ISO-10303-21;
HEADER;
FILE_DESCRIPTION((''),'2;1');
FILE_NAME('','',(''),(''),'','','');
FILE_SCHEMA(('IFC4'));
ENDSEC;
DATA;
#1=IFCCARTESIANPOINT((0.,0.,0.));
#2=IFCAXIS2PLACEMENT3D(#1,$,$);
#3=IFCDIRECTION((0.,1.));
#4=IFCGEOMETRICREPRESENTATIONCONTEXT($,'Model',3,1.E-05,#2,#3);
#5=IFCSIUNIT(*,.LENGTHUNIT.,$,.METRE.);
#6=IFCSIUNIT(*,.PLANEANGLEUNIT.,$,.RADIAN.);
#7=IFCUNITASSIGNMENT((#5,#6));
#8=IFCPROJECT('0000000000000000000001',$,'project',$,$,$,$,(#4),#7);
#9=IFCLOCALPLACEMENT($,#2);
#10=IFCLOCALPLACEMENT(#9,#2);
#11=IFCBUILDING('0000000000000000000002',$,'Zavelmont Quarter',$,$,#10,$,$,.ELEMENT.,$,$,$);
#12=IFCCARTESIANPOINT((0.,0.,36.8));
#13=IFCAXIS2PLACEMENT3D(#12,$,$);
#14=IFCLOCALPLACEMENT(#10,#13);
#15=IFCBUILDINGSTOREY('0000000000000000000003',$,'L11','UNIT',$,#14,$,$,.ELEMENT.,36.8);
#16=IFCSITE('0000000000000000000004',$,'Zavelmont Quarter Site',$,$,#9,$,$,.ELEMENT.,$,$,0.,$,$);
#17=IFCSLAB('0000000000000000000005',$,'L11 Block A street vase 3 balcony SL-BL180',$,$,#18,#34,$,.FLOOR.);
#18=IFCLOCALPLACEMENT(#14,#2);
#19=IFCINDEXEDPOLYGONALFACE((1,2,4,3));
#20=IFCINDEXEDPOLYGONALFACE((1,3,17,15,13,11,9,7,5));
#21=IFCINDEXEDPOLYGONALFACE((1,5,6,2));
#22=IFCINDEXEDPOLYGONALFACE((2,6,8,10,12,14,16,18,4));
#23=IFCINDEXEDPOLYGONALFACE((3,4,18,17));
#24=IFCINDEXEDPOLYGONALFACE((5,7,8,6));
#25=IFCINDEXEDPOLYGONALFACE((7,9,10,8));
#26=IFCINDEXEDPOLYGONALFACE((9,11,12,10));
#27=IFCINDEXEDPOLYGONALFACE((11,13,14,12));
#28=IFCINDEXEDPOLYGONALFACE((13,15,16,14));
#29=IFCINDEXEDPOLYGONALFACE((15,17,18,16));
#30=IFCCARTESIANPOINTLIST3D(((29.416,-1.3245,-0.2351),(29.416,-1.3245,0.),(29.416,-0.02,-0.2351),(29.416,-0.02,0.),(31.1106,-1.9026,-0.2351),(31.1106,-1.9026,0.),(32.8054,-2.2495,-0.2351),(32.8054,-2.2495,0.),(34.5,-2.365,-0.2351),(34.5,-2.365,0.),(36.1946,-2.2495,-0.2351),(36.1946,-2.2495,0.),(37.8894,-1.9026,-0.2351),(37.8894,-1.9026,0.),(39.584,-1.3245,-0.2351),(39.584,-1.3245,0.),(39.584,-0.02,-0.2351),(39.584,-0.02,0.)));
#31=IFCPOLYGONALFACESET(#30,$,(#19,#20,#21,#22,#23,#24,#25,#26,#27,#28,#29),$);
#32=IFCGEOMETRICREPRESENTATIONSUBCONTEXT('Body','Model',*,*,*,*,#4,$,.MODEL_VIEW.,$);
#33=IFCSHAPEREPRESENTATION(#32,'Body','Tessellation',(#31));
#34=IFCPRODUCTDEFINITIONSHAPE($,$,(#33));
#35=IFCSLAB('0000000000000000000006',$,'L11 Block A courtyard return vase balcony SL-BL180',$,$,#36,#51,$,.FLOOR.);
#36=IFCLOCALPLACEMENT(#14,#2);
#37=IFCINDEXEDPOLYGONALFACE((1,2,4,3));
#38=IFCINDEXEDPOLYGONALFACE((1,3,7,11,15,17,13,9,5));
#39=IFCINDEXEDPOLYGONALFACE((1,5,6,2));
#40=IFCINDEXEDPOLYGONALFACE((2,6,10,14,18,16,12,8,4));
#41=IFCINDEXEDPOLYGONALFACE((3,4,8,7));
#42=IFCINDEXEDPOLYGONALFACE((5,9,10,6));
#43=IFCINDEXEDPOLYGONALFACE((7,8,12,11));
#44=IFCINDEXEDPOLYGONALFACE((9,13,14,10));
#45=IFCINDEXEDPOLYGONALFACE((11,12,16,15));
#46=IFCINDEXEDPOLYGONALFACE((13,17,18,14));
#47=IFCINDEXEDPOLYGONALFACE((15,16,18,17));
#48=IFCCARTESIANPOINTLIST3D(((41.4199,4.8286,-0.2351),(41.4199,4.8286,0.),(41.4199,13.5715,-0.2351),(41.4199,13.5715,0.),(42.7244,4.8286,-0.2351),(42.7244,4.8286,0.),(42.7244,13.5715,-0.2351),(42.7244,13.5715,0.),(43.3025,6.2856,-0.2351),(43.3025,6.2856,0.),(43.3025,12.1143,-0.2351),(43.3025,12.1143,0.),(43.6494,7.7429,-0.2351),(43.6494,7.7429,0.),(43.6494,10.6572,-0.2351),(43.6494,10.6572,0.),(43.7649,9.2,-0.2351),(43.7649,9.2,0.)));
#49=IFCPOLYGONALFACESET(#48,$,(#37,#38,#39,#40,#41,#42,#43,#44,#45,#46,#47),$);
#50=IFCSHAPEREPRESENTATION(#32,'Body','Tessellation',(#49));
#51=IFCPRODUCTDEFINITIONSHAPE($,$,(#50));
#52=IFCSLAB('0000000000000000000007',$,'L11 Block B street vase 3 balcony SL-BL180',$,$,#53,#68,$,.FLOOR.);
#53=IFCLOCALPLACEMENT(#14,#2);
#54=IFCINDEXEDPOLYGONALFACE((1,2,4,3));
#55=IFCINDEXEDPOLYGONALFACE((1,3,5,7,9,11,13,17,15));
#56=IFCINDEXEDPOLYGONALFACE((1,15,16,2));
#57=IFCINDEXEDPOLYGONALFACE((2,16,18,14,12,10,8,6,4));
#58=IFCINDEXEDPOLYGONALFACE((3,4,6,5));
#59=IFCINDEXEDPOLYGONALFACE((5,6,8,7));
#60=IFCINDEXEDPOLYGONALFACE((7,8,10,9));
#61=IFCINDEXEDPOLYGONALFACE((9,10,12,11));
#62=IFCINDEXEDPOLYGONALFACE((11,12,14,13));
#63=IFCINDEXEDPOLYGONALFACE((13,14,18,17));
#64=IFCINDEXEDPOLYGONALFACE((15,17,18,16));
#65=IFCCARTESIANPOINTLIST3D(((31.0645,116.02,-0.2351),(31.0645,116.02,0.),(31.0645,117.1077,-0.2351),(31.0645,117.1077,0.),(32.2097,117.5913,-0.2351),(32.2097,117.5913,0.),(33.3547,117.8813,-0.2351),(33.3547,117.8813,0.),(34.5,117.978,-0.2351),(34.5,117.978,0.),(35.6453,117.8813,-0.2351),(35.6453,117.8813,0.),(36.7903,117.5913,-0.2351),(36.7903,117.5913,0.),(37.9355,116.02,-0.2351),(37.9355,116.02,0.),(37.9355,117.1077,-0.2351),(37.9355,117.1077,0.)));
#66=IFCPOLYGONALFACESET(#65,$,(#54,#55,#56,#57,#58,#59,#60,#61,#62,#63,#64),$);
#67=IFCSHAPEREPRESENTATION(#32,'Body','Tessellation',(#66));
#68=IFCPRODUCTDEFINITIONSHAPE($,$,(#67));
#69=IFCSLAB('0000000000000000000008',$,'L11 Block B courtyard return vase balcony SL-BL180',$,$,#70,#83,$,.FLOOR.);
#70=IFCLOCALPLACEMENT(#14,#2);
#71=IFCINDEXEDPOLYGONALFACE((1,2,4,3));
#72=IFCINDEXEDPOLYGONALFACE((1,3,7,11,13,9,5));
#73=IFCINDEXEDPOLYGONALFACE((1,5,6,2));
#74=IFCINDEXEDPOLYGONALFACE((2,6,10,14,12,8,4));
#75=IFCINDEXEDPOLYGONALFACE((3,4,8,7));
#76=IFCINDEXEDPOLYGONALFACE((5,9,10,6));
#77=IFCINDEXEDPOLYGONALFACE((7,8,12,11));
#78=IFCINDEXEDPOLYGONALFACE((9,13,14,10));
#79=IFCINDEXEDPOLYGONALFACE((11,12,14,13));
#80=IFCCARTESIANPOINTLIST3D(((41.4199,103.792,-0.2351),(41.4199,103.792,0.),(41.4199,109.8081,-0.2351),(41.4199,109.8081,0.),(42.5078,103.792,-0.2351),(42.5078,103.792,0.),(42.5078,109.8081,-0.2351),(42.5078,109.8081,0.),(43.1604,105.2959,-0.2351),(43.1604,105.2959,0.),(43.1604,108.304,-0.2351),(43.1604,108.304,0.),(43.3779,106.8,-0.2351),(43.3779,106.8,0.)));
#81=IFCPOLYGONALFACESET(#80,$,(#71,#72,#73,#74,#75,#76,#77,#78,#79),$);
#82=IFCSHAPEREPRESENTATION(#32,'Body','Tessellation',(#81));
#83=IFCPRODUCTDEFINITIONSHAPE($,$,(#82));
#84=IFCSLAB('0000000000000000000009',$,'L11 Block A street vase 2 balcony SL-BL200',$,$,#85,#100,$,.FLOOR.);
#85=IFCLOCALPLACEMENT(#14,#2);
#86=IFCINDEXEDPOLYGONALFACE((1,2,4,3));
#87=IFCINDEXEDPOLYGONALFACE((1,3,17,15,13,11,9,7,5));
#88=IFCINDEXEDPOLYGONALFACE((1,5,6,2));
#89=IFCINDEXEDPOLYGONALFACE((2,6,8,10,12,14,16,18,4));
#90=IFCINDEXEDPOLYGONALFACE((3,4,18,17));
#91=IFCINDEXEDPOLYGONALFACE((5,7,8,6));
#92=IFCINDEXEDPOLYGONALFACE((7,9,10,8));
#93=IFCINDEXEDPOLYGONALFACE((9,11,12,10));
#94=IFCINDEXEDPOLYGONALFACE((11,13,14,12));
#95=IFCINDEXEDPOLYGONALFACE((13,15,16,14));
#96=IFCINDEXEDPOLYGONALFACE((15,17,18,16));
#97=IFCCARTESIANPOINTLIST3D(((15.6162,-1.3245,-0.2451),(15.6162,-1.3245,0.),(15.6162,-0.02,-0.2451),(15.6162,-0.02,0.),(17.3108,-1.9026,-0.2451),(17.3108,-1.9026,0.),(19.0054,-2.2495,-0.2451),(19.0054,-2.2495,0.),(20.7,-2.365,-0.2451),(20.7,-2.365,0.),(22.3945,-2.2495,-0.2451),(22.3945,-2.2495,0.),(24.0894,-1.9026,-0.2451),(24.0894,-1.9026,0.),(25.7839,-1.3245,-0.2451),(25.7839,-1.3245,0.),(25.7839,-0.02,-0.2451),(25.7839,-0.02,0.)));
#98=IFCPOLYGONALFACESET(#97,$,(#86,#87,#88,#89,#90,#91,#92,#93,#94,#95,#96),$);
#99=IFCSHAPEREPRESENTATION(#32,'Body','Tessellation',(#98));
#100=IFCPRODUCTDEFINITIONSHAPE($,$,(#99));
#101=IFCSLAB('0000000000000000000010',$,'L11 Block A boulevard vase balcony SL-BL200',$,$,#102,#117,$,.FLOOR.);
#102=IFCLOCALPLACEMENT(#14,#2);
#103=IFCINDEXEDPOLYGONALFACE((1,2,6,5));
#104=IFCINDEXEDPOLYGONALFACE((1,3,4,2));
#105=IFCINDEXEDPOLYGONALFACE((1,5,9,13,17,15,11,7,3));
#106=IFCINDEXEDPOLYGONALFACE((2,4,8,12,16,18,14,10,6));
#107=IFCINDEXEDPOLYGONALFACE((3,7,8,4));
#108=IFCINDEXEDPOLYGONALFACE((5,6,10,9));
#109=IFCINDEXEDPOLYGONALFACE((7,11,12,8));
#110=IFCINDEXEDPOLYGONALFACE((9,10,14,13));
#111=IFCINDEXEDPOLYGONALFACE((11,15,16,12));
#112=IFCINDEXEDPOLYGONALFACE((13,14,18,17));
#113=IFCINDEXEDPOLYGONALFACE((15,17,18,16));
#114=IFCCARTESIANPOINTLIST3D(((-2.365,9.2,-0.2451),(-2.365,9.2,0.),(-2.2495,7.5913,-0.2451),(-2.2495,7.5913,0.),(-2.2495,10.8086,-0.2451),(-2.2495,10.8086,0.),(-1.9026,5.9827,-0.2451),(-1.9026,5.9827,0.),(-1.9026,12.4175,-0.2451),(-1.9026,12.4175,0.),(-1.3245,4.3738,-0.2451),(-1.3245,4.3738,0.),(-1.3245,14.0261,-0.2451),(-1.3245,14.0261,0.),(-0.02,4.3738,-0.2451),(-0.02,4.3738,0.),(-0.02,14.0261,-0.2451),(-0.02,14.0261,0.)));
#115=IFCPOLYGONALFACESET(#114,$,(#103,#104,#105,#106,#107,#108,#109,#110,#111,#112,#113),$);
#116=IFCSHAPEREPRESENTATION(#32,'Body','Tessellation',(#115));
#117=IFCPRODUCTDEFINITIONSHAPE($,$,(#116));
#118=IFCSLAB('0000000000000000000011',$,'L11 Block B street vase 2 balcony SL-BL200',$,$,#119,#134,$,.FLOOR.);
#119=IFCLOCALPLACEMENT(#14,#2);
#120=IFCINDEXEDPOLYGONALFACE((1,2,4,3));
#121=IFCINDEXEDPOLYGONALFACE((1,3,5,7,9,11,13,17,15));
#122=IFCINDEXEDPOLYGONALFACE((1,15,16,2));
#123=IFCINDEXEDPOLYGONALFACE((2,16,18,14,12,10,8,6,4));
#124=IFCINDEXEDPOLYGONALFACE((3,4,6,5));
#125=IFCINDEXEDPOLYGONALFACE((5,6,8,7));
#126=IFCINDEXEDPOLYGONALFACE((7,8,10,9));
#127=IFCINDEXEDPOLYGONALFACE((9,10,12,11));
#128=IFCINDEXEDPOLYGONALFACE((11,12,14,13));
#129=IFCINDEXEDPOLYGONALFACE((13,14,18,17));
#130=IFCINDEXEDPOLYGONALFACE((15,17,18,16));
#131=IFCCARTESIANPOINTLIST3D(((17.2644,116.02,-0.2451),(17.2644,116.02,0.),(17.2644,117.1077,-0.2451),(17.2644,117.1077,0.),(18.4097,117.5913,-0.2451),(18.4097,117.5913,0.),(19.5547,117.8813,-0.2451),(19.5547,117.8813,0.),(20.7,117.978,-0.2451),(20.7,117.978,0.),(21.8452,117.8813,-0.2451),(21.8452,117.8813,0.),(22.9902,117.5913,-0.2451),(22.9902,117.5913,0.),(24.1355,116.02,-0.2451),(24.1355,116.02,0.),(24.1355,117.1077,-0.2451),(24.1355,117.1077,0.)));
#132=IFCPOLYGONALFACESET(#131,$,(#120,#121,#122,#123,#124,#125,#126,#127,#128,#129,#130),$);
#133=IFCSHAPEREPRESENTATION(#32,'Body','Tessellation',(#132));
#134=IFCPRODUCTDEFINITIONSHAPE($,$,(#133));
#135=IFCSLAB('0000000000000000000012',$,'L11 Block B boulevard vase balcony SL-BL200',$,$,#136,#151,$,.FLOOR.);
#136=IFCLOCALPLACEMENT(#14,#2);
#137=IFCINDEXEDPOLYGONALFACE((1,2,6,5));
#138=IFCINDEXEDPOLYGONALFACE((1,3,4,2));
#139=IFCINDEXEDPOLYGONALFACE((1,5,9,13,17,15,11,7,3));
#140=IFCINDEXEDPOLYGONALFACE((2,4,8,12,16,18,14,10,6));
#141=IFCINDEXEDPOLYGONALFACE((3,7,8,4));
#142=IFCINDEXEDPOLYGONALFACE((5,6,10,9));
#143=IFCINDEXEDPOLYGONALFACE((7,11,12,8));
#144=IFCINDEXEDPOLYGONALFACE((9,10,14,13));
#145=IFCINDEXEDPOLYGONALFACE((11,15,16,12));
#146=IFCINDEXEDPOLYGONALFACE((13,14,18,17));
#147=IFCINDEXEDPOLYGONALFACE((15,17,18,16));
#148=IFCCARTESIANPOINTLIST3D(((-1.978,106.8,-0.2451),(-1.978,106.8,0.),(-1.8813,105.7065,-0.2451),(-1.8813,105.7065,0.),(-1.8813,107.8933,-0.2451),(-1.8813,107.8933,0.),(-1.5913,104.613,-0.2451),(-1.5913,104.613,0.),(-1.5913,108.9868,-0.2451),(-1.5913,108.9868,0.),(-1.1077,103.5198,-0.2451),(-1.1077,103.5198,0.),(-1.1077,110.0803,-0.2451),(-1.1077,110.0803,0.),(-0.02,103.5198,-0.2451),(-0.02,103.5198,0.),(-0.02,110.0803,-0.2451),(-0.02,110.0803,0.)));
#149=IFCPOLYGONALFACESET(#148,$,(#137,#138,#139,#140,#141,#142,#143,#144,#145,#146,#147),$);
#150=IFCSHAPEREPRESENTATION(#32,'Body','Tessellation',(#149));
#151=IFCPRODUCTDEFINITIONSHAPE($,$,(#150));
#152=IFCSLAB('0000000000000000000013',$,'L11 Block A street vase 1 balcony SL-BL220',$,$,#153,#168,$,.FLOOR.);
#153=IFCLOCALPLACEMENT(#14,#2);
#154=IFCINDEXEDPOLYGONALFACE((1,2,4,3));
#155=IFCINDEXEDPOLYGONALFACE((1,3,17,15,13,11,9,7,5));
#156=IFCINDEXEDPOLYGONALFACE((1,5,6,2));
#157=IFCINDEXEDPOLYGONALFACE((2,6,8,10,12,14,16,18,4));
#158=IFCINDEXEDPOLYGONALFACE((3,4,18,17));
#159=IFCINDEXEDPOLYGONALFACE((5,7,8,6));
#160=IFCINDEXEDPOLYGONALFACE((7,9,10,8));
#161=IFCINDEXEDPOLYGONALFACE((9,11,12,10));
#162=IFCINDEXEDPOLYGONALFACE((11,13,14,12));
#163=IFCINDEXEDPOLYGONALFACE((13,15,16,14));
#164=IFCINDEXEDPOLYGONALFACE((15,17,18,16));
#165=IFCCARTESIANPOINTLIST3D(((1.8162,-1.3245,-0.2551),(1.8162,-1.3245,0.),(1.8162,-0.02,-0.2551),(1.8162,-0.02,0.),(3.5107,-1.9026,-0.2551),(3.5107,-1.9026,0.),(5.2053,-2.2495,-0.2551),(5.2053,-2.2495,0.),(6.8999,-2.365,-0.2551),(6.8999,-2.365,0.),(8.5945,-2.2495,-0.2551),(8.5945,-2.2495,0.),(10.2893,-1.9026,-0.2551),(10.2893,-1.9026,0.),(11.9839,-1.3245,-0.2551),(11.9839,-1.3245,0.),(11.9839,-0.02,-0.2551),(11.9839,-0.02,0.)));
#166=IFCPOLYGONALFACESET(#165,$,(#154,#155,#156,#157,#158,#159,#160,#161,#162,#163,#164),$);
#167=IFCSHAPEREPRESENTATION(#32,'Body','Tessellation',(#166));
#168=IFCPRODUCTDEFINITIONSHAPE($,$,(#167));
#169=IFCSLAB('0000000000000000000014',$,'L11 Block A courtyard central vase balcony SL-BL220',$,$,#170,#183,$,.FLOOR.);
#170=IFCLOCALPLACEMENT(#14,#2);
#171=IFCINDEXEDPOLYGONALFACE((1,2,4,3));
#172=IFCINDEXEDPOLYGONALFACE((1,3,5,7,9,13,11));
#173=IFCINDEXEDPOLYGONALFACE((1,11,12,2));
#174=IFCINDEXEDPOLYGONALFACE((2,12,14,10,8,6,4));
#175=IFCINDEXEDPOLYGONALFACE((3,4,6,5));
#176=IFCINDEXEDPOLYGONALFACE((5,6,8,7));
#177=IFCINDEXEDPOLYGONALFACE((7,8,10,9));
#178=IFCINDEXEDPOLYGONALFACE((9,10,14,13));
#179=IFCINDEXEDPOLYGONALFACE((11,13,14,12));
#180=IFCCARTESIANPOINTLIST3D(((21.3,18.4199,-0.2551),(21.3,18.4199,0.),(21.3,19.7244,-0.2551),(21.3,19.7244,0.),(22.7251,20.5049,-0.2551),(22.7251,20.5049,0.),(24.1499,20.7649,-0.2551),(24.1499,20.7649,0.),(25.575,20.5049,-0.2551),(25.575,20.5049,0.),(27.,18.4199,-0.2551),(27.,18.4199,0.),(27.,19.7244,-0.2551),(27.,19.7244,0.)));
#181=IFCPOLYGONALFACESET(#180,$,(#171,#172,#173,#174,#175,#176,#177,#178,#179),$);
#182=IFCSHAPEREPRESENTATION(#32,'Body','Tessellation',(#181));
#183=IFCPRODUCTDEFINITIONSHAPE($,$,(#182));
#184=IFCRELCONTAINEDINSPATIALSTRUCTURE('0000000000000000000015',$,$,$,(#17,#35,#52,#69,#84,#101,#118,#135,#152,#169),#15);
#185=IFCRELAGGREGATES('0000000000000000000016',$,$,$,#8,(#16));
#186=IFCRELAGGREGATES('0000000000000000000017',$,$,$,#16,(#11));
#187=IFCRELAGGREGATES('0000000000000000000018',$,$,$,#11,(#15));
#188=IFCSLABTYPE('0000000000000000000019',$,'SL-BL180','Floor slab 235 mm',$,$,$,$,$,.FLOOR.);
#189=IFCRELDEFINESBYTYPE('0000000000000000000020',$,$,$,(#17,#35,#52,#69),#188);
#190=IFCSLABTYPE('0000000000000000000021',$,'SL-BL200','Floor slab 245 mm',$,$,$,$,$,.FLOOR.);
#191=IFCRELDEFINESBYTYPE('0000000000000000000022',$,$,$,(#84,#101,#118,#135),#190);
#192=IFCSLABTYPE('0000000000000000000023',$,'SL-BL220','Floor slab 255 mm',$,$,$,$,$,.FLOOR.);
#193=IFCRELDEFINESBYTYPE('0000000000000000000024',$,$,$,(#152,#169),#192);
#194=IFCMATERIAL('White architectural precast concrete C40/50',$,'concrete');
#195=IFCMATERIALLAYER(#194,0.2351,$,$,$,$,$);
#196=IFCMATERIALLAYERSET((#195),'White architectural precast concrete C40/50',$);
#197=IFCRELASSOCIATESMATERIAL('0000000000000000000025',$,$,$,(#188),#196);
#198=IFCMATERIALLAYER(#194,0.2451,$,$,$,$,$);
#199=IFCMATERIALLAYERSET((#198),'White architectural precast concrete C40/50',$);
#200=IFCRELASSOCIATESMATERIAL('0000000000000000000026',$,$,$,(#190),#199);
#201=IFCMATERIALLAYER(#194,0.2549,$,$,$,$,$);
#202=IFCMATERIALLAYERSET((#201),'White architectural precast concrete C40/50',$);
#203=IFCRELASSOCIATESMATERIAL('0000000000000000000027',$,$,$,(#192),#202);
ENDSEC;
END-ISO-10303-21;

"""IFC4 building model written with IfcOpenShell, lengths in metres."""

from ifc_helpers import new_model, si_unit, direction, frame, origin, place, context, subcontext, project, spatial, polyline, outline, extrude, material, layer, layer_set, type_object, element, save


model = new_model("IFC4")

# Units and contexts
model_context = context("Model", 3, precision=1e-05, world=origin(), true_north=direction((0.0, 1.0)))
body_context = subcontext(model_context, "Body", "Model", "MODEL_VIEW")
ifc_project = project(units=[si_unit("LENGTHUNIT", "METRE"), si_unit("PLANEANGLEUNIT", "RADIAN")], contexts=[model_context])

# Site, building, storey
site_placement = place(None, origin())
site = spatial("IfcSite", under=ifc_project, at=site_placement, Name="Zavelmont Quarter Site", CompositionType="ELEMENT", RefElevation=0.0)
building_placement = place(site_placement, origin())
building = spatial("IfcBuilding", under=site, at=building_placement, Name="Zavelmont Quarter", CompositionType="ELEMENT")
storey_placement = place(building_placement, frame((0.0, 0.0, 36.8)))
storey = spatial("IfcBuildingStorey", under=building, at=storey_placement, Name="L11", Description="UNIT", CompositionType="ELEMENT", Elevation=36.8)

# Slabs
ifc_material_1 = material(Name="White architectural precast concrete C40/50", Category="concrete")
ifc_layer_1 = layer(ifc_material_1, 0.2351)
ifc_layer_set_1 = layer_set([ifc_layer_1], Name="White architectural precast concrete C40/50")
slab_type_1 = type_object("IfcSlabType", Name="SL-BL180", Description="Floor slab 235 mm", PredefinedType="FLOOR", material=ifc_layer_set_1)
slab_1_placement = place(storey_placement, frame((0.0, 0.0, -0.2351)))
element("IfcSlab", 1, at=slab_1_placement, inside=storey, type_object=slab_type_1, Name="L11 Block A street vase 3 balcony SL-BL180", PredefinedType="FLOOR", context=body_context, shape_type="SweptSolid", body=[
    extrude(outline(polyline([(29.416, -0.02), (29.416, -1.3245), (31.1106, -1.9026), (32.8054, -2.2495), (34.5, -2.365), (36.1946, -2.2495), (37.8894, -1.9026), (39.584, -1.3245), (39.584, -0.02), (29.416, -0.02)])), origin(), (0.0, 0.0, 1.0), 0.2351),
])
slab_2_placement = place(storey_placement, frame((0.0, 0.0, -0.2351)))
element("IfcSlab", 2, at=slab_2_placement, inside=storey, type_object=slab_type_1, Name="L11 Block A courtyard return vase balcony SL-BL180", PredefinedType="FLOOR", context=body_context, shape_type="SweptSolid", body=[
    extrude(outline(polyline([(41.4199, 4.8286), (42.7244, 4.8286), (43.3025, 6.2856), (43.6494, 7.7429), (43.7649, 9.2), (43.6494, 10.6572), (43.3025, 12.1143), (42.7244, 13.5715), (41.4199, 13.5715), (41.4199, 4.8286)])), origin(), (0.0, 0.0, 1.0), 0.2351),
])
slab_3_placement = place(storey_placement, frame((0.0, 0.0, -0.2351)))
element("IfcSlab", 3, at=slab_3_placement, inside=storey, type_object=slab_type_1, Name="L11 Block B street vase 3 balcony SL-BL180", PredefinedType="FLOOR", context=body_context, shape_type="SweptSolid", body=[
    extrude(outline(polyline([(37.9355, 116.02), (37.9355, 117.1077), (36.7903, 117.5913), (35.6453, 117.8813), (34.5, 117.978), (33.3547, 117.8813), (32.2097, 117.5913), (31.0645, 117.1077), (31.0645, 116.02), (37.9355, 116.02)])), origin(), (0.0, 0.0, 1.0), 0.2351),
])
slab_4_placement = place(storey_placement, frame((0.0, 0.0, -0.2351)))
element("IfcSlab", 4, at=slab_4_placement, inside=storey, type_object=slab_type_1, Name="L11 Block B courtyard return vase balcony SL-BL180", PredefinedType="FLOOR", context=body_context, shape_type="SweptSolid", body=[
    extrude(outline(polyline([(41.4199, 103.792), (42.5078, 103.792), (43.1604, 105.2959), (43.3779, 106.8), (43.1604, 108.304), (42.5078, 109.8081), (41.4199, 109.8081), (41.4199, 103.792)])), origin(), (0.0, 0.0, 1.0), 0.2351),
])
ifc_layer_2 = layer(ifc_material_1, 0.2451)
ifc_layer_set_2 = layer_set([ifc_layer_2], Name="White architectural precast concrete C40/50")
slab_type_2 = type_object("IfcSlabType", Name="SL-BL200", Description="Floor slab 245 mm", PredefinedType="FLOOR", material=ifc_layer_set_2)
slab_5_placement = place(storey_placement, frame((0.0, 0.0, -0.2451)))
element("IfcSlab", 5, at=slab_5_placement, inside=storey, type_object=slab_type_2, Name="L11 Block A street vase 2 balcony SL-BL200", PredefinedType="FLOOR", context=body_context, shape_type="SweptSolid", body=[
    extrude(outline(polyline([(15.6162, -0.02), (15.6162, -1.3245), (17.3108, -1.9026), (19.0054, -2.2495), (20.7, -2.365), (22.3945, -2.2495), (24.0894, -1.9026), (25.7839, -1.3245), (25.7839, -0.02), (15.6162, -0.02)])), origin(), (0.0, 0.0, 1.0), 0.2451),
])
slab_6_placement = place(storey_placement, frame((0.0, 0.0, -0.2451)))
element("IfcSlab", 6, at=slab_6_placement, inside=storey, type_object=slab_type_2, Name="L11 Block A boulevard vase balcony SL-BL200", PredefinedType="FLOOR", context=body_context, shape_type="SweptSolid", body=[
    extrude(outline(polyline([(-0.02, 14.0261), (-1.3245, 14.0261), (-1.9026, 12.4175), (-2.2495, 10.8086), (-2.365, 9.2), (-2.2495, 7.5913), (-1.9026, 5.9827), (-1.3245, 4.3738), (-0.02, 4.3738), (-0.02, 14.0261)])), origin(), (0.0, 0.0, 1.0), 0.2451),
])
slab_7_placement = place(storey_placement, frame((0.0, 0.0, -0.2451)))
element("IfcSlab", 7, at=slab_7_placement, inside=storey, type_object=slab_type_2, Name="L11 Block B street vase 2 balcony SL-BL200", PredefinedType="FLOOR", context=body_context, shape_type="SweptSolid", body=[
    extrude(outline(polyline([(24.1355, 116.02), (24.1355, 117.1077), (22.9902, 117.5913), (21.8452, 117.8813), (20.7, 117.978), (19.5547, 117.8813), (18.4097, 117.5913), (17.2644, 117.1077), (17.2644, 116.02), (24.1355, 116.02)])), origin(), (0.0, 0.0, 1.0), 0.2451),
])
slab_8_placement = place(storey_placement, frame((0.0, 0.0, -0.2451)))
element("IfcSlab", 8, at=slab_8_placement, inside=storey, type_object=slab_type_2, Name="L11 Block B boulevard vase balcony SL-BL200", PredefinedType="FLOOR", context=body_context, shape_type="SweptSolid", body=[
    extrude(outline(polyline([(-0.02, 110.0803), (-1.1077, 110.0803), (-1.5913, 108.9868), (-1.8813, 107.8933), (-1.978, 106.8), (-1.8813, 105.7065), (-1.5913, 104.613), (-1.1077, 103.5198), (-0.02, 103.5198), (-0.02, 110.0803)])), origin(), (0.0, 0.0, 1.0), 0.2451),
])
ifc_layer_3 = layer(ifc_material_1, 0.2549)
ifc_layer_set_3 = layer_set([ifc_layer_3], Name="White architectural precast concrete C40/50")
slab_type_3 = type_object("IfcSlabType", Name="SL-BL220", Description="Floor slab 255 mm", PredefinedType="FLOOR", material=ifc_layer_set_3)
slab_9_placement = place(storey_placement, frame((0.0, 0.0, -0.2551)))
element("IfcSlab", 9, at=slab_9_placement, inside=storey, type_object=slab_type_3, Name="L11 Block A street vase 1 balcony SL-BL220", PredefinedType="FLOOR", context=body_context, shape_type="SweptSolid", body=[
    extrude(outline(polyline([(1.8162, -0.02), (1.8162, -1.3245), (3.5107, -1.9026), (5.2053, -2.2495), (6.8999, -2.365), (8.5945, -2.2495), (10.2893, -1.9026), (11.9839, -1.3245), (11.9839, -0.02), (1.8162, -0.02)])), origin(), (0.0, 0.0, 1.0), 0.2551),
])
slab_10_placement = place(storey_placement, frame((0.0, 0.0, -0.2551)))
element("IfcSlab", 10, at=slab_10_placement, inside=storey, type_object=slab_type_3, Name="L11 Block A courtyard central vase balcony SL-BL220", PredefinedType="FLOOR", context=body_context, shape_type="SweptSolid", body=[
    extrude(outline(polyline([(27.0, 18.4199), (27.0, 19.7244), (25.575, 20.5049), (24.1499, 20.7649), (22.7251, 20.5049), (21.3, 19.7244), (21.3, 18.4199), (27.0, 18.4199)])), origin(), (0.0, 0.0, 1.0), 0.2551),
])

save(model, "model.ifc")
